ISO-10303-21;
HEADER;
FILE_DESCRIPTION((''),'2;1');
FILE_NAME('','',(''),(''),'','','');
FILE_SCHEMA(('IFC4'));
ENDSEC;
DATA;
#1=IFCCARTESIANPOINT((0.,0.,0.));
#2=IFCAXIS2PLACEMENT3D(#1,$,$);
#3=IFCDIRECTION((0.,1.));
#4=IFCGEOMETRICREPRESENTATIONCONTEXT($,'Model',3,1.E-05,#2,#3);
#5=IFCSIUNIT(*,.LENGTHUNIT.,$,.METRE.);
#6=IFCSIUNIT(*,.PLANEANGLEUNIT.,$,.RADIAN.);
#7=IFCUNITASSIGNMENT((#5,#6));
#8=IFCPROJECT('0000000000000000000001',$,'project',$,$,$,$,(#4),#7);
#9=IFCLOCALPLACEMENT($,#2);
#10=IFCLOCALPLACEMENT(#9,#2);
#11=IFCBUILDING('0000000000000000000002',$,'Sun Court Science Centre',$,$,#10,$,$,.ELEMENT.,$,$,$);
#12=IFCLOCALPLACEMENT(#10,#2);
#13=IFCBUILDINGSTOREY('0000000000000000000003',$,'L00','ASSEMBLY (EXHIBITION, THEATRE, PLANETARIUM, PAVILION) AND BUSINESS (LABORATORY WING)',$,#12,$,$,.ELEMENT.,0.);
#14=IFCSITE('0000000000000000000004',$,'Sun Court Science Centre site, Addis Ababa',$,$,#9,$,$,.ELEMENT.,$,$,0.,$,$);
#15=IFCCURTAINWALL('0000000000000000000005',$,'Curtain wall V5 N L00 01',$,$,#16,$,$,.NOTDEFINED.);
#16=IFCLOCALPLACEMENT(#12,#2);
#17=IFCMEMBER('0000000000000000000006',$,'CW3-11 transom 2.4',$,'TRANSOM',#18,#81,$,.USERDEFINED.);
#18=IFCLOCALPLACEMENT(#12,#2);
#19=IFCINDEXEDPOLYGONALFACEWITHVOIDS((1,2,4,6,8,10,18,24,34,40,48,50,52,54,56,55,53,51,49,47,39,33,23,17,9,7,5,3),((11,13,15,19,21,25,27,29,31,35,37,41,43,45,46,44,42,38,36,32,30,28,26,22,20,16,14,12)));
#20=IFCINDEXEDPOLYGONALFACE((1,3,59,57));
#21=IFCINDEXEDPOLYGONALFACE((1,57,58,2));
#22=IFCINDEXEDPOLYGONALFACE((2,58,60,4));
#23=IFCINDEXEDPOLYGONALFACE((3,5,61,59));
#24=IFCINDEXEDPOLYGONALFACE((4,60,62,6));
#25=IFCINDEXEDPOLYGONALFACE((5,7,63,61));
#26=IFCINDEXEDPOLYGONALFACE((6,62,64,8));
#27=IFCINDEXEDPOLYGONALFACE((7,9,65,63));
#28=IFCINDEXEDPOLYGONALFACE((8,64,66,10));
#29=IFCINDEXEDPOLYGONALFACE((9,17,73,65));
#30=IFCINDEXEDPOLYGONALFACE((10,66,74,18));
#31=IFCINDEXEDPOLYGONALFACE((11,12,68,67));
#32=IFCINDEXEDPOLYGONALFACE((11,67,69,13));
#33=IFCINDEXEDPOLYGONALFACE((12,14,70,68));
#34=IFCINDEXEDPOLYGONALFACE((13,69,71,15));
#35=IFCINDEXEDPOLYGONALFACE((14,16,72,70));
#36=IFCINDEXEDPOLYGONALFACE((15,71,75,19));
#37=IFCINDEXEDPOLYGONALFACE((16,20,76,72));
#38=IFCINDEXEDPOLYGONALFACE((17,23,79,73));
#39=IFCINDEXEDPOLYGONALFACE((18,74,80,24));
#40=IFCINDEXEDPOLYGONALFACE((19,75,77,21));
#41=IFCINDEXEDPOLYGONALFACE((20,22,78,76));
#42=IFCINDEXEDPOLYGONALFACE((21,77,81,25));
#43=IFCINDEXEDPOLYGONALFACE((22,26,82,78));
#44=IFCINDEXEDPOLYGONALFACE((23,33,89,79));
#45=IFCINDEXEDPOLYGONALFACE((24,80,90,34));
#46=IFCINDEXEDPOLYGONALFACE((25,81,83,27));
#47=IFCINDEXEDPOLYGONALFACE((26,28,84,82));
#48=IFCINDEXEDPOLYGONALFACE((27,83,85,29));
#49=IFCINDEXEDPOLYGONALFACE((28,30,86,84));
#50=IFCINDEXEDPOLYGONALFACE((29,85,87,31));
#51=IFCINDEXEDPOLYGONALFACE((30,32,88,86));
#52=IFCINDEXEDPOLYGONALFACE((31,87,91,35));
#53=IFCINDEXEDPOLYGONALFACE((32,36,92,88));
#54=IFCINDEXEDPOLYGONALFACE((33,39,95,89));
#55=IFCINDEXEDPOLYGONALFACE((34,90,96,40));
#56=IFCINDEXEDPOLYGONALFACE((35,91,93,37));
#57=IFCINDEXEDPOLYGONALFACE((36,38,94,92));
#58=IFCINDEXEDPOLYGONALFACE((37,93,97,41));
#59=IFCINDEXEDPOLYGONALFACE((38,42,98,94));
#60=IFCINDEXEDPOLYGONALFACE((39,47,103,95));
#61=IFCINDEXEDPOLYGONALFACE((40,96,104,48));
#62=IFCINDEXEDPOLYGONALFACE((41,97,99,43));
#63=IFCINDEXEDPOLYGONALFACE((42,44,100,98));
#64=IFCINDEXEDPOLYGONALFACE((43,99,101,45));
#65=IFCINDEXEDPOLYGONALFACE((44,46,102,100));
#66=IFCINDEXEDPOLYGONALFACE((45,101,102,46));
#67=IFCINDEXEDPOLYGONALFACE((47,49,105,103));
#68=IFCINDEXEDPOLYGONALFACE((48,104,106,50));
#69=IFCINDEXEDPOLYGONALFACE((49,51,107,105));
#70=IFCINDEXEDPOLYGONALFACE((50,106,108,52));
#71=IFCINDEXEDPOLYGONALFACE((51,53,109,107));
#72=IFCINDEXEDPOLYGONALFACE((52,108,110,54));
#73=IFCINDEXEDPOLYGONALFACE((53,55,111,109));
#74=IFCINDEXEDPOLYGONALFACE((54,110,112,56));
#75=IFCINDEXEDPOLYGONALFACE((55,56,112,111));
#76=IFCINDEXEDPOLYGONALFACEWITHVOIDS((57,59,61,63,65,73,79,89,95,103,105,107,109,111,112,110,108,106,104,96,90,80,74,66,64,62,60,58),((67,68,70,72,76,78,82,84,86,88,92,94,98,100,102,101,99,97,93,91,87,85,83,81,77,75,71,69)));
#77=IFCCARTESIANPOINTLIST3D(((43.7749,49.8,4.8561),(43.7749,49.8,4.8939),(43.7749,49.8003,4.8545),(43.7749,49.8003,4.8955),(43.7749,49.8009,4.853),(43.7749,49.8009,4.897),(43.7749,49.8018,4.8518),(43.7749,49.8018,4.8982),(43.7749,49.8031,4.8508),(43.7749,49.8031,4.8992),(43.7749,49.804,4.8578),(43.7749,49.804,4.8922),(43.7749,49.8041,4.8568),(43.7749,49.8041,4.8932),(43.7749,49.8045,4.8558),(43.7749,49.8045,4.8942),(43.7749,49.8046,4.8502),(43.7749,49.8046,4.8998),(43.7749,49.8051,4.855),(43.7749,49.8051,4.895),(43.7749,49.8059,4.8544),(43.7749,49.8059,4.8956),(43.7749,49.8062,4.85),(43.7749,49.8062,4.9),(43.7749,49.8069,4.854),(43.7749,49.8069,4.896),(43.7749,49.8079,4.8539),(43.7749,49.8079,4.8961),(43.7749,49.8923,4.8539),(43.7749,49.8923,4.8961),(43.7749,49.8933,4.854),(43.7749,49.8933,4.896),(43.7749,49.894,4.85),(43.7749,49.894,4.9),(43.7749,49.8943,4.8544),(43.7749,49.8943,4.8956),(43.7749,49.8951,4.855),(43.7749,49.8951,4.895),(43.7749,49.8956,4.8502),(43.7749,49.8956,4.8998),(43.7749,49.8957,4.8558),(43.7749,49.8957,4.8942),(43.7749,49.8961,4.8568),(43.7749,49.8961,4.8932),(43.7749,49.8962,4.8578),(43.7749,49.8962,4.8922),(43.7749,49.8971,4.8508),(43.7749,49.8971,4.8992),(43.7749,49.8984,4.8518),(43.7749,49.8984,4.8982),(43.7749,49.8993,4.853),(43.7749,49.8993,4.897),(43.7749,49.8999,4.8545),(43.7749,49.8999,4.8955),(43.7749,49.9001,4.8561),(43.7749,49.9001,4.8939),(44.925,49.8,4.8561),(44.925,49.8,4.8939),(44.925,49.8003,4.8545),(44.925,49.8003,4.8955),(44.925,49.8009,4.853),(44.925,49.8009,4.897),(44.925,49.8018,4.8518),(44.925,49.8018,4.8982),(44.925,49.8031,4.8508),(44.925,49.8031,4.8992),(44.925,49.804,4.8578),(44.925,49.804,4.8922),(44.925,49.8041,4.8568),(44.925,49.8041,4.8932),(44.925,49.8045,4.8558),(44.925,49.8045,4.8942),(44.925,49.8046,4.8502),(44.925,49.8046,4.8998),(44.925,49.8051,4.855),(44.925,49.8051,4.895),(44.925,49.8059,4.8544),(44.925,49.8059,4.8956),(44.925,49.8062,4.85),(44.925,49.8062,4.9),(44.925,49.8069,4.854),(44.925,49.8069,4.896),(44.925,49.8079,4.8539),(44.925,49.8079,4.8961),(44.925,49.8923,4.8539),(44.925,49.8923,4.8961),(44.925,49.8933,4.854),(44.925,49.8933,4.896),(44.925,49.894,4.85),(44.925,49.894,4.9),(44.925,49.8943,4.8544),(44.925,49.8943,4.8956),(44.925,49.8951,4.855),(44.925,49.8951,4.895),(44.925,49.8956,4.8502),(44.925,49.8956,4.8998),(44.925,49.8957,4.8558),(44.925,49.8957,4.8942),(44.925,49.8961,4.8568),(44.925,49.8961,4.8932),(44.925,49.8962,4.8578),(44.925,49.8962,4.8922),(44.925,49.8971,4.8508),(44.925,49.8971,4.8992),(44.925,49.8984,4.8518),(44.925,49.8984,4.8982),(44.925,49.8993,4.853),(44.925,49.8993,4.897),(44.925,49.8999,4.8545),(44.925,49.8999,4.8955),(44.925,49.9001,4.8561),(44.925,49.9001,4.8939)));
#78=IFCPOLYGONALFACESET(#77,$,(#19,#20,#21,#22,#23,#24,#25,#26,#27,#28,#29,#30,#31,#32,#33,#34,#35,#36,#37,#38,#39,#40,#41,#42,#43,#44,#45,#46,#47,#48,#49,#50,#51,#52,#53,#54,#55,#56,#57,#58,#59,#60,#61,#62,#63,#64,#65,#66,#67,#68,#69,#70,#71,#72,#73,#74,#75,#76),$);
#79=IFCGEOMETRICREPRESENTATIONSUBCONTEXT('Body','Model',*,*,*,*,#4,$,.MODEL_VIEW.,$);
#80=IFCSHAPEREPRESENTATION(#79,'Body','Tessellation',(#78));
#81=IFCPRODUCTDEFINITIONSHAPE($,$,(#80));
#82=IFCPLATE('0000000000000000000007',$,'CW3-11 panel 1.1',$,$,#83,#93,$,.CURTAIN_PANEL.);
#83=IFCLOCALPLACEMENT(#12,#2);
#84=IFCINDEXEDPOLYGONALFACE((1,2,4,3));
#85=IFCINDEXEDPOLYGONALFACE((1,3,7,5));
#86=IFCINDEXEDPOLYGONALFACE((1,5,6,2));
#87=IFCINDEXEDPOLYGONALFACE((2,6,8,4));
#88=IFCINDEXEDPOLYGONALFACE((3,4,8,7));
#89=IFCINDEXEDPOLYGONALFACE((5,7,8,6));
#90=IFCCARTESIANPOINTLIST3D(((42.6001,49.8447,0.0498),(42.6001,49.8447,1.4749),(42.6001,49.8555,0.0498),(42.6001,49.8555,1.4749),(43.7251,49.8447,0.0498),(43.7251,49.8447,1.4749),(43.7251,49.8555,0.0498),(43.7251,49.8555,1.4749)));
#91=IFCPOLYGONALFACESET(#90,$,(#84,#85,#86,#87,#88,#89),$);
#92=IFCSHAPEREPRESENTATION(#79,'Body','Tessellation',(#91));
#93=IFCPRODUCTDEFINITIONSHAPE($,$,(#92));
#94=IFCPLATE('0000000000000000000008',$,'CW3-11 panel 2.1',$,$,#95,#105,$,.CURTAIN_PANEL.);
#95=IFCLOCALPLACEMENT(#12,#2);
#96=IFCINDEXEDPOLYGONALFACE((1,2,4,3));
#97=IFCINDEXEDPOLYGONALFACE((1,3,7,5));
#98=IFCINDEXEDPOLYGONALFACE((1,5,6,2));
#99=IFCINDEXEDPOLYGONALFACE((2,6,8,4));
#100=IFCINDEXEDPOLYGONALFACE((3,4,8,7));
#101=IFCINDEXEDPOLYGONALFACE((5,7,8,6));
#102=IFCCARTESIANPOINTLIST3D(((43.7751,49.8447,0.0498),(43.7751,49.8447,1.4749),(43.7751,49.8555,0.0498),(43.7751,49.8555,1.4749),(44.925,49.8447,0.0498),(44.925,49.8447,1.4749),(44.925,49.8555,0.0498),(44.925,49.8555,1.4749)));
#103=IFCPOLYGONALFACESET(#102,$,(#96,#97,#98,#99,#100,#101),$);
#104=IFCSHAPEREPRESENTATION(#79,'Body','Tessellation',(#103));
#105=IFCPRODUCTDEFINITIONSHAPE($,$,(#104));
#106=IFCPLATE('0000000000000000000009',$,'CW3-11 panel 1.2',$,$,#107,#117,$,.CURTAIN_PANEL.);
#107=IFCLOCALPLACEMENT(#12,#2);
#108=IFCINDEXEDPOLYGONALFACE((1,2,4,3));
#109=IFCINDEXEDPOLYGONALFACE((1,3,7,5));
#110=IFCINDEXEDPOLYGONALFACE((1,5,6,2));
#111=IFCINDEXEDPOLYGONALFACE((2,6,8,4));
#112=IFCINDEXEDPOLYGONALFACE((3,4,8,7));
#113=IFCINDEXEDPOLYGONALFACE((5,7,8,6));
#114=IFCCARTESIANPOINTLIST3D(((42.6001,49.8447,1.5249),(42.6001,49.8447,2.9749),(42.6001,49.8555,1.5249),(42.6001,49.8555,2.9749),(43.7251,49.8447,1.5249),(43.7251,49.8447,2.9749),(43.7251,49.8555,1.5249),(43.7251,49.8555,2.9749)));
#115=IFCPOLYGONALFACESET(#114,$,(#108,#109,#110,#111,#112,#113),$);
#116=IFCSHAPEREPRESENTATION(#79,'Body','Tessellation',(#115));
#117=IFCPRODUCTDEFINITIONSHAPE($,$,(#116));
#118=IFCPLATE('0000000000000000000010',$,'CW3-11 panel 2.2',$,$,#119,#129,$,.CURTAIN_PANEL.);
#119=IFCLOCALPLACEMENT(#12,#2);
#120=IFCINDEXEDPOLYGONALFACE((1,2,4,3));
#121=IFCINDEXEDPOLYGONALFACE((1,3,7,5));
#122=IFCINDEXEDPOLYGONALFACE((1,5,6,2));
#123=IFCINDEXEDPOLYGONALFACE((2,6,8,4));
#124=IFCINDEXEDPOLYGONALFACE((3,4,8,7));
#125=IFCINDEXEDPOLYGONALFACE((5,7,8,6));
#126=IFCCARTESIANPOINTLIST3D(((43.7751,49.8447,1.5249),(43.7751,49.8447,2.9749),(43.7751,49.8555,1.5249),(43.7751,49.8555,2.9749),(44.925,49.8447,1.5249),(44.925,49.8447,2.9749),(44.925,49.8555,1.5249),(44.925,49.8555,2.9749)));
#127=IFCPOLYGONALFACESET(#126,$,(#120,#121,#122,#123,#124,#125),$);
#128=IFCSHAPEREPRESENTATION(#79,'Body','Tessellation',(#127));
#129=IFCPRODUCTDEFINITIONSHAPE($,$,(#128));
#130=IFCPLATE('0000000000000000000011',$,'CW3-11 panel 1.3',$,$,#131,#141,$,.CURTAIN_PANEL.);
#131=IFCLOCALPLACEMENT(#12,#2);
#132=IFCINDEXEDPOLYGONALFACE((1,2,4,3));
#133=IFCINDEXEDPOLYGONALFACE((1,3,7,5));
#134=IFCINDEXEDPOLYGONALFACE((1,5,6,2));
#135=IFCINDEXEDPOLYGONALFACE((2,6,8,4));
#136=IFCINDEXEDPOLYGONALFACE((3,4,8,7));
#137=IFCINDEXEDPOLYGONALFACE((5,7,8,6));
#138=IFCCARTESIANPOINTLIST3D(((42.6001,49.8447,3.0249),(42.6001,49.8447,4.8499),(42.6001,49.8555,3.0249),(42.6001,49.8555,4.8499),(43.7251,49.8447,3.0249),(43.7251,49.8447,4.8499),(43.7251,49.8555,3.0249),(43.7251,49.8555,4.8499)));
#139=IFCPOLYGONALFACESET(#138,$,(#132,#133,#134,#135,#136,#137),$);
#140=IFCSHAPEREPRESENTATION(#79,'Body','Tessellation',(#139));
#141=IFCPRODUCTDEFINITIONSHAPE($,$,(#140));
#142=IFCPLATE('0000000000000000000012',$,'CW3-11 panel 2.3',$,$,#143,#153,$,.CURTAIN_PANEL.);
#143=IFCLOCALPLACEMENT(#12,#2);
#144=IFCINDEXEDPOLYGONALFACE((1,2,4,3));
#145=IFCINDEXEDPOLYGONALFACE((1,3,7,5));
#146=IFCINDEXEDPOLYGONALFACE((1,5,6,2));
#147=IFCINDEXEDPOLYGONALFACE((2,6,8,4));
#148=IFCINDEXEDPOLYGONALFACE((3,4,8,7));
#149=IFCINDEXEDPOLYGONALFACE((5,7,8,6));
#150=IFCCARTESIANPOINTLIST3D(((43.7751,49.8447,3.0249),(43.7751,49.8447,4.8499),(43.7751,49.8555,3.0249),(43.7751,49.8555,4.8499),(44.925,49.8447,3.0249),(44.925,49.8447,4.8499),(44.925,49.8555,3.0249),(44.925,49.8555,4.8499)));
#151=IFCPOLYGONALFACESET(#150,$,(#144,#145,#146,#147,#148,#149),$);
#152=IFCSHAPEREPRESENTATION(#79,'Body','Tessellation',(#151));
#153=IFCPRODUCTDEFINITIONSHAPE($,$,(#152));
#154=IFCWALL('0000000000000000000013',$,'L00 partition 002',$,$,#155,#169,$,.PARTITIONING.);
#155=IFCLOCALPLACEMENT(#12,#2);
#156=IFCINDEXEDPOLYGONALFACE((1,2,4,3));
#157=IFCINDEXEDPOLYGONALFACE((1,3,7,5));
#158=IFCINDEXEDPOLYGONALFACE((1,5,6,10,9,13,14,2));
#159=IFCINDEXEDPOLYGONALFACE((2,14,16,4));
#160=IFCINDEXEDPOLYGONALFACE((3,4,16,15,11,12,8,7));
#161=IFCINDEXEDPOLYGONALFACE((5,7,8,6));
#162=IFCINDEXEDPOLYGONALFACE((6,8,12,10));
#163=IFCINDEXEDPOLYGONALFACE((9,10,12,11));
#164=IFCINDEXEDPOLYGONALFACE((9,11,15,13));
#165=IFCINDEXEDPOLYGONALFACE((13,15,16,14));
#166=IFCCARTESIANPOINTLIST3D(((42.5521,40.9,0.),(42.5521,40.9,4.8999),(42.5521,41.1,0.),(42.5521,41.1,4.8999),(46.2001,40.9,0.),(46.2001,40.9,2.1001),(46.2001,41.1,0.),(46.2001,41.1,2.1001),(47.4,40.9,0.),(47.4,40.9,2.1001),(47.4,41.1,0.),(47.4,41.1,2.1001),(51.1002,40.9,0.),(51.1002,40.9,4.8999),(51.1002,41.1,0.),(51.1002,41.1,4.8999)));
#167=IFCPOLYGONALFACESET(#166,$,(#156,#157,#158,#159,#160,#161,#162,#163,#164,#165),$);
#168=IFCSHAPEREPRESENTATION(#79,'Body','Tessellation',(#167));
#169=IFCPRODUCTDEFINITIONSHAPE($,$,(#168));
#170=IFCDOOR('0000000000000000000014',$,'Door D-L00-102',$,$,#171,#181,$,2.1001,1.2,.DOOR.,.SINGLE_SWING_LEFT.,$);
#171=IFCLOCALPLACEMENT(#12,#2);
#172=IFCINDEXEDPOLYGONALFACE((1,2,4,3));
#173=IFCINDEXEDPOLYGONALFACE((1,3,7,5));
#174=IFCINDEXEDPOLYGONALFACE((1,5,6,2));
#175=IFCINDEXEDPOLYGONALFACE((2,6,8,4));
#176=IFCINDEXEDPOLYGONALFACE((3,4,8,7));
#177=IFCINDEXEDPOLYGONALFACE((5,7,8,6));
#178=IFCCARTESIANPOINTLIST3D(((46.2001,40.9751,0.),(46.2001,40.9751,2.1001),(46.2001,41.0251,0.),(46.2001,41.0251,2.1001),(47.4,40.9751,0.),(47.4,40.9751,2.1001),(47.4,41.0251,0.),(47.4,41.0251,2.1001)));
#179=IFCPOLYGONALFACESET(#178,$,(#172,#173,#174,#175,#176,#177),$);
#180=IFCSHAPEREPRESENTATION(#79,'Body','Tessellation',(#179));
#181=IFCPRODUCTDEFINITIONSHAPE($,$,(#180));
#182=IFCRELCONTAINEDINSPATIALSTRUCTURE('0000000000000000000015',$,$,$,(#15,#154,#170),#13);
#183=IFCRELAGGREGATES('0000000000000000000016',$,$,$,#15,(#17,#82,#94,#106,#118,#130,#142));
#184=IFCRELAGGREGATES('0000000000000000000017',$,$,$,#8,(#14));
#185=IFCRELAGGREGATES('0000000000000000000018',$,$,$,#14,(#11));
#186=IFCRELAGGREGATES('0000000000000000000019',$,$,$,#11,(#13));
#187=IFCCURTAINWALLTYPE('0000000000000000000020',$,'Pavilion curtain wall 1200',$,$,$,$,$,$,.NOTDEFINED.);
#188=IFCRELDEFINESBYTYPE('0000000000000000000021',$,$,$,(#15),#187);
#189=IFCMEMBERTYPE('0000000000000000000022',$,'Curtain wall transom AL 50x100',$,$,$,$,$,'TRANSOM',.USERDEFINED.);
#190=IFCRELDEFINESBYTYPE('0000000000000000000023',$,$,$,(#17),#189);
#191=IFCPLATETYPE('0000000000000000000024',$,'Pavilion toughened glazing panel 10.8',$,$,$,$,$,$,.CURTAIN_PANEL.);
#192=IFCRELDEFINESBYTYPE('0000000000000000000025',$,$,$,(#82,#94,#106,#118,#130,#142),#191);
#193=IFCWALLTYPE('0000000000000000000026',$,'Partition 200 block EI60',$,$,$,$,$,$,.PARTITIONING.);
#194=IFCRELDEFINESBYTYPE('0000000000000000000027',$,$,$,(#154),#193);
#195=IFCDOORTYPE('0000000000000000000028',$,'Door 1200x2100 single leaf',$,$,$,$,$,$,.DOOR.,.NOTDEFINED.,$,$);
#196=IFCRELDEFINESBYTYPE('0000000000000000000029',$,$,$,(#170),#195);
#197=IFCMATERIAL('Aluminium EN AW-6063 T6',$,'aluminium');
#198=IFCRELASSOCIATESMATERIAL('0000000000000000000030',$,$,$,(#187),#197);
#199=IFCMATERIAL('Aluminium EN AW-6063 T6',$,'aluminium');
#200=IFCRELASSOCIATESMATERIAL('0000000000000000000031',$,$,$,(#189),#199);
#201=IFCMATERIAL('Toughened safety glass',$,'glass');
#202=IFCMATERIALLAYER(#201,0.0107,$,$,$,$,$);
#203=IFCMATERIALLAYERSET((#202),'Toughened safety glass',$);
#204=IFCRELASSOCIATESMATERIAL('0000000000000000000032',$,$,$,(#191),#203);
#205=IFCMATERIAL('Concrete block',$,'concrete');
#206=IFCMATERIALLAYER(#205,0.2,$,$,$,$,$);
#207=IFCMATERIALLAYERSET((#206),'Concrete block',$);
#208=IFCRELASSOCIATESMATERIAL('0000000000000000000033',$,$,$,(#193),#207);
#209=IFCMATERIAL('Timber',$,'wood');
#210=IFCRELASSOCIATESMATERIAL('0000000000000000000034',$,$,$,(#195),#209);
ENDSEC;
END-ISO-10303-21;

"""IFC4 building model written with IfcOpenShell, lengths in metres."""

from ifc_helpers import new_model, si_unit, direction, frame, frame_2d, origin, origin_2d, place, context, subcontext, project, spatial, rectangle, hollow_rectangle, extrude, material, layer, layer_set, material_profile, profile_set, type_object, element, fill, aggregate, save


model = new_model("IFC4")

# Units and contexts
model_context = context("Model", 3, precision=1e-05, world=origin(), true_north=direction((0.0, 1.0)))
body_context = subcontext(model_context, "Body", "Model", "MODEL_VIEW")
ifc_project = project(units=[si_unit("LENGTHUNIT", "METRE"), si_unit("PLANEANGLEUNIT", "RADIAN")], contexts=[model_context])

# Site, building, storey
site_placement = place(None, origin())
site = spatial("IfcSite", under=ifc_project, at=site_placement, Name="Sun Court Science Centre site, Addis Ababa", CompositionType="ELEMENT", RefElevation=0.0)
building_placement = place(site_placement, origin())
building = spatial("IfcBuilding", under=site, at=building_placement, Name="Sun Court Science Centre", CompositionType="ELEMENT")
storey_placement = place(building_placement, origin())
storey = spatial("IfcBuildingStorey", under=building, at=storey_placement, Name="L00", Description="ASSEMBLY (EXHIBITION, THEATRE, PLANETARIUM, PAVILION) AND BUSINESS (LABORATORY WING)", CompositionType="ELEMENT", Elevation=0.0)

# Curtain wall, member, plates
ifc_material_1 = material(Name="Aluminium EN AW-6063 T6", Category="aluminium")
curtain_wall_type = type_object("IfcCurtainWallType", Name="Pavilion curtain wall 1200", PredefinedType="NOTDEFINED", material=ifc_material_1)
curtain_wall_placement = place(storey_placement, origin())
curtain_wall = element("IfcCurtainWall", 1, at=curtain_wall_placement, inside=storey, type_object=curtain_wall_type, Name="Curtain wall V5 N L00 01", PredefinedType="NOTDEFINED")
ifc_material_2 = material(Name="Aluminium EN AW-6063 T6", Category="aluminium")
ifc_material_profile_1 = material_profile(ifc_material_2, hollow_rectangle(XDim=0.05, YDim=0.1001, WallThickness=0.0039, InnerFilletRadius=0.0039, OuterFilletRadius=0.0061, at=origin_2d()), Name="AL 50x100x4")
ifc_profile_set_1 = profile_set([ifc_material_profile_1], Name="Aluminium EN AW-6063 T6")
member_type_1 = type_object("IfcMemberType", Name="Curtain wall transom AL 50x100", ElementType="TRANSOM", PredefinedType="USERDEFINED", material=ifc_profile_set_1)
member_1_placement = place(storey_placement, frame((43.7749, 49.8501, 4.875), z_axis=(1.0, 0.0, 0.0), x_axis=(0.0, 0.0, 1.0)))
member_1 = element("IfcMember", 2, at=member_1_placement, type_object=member_type_1, Name="CW3-11 transom 2.4", ObjectType="TRANSOM", PredefinedType="USERDEFINED", context=body_context, shape_type="SweptSolid", body=[
    extrude(hollow_rectangle(XDim=0.05, YDim=0.1001, WallThickness=0.0039, InnerFilletRadius=0.0039, OuterFilletRadius=0.0061, at=origin_2d()), origin(), (0.0, 0.0, 1.0), 1.1501),
])
ifc_material_3 = material(Name="Toughened safety glass", Category="glass")
ifc_layer_1 = layer(ifc_material_3, 0.0107)
ifc_layer_set_1 = layer_set([ifc_layer_1], Name="Toughened safety glass")
plate_type = type_object("IfcPlateType", Name="Pavilion toughened glazing panel 10.8", PredefinedType="CURTAIN_PANEL", material=ifc_layer_set_1)
plate_1_placement = place(storey_placement, frame((43.1626, 49.8501, 0.0498), z_axis=(0.0, 0.0, 1.0), x_axis=(1.0, 0.0, 0.0)))
plate_1 = element("IfcPlate", 3, at=plate_1_placement, type_object=plate_type, Name="CW3-11 panel 1.1", PredefinedType="CURTAIN_PANEL", context=body_context, shape_type="SweptSolid", body=[
    extrude(rectangle(XDim=1.125, YDim=0.0107, at=origin_2d()), origin(), (0.0, 0.0, 1.0), 1.425),
])
plate_2_placement = place(storey_placement, frame((44.3501, 49.8501, 0.0498), z_axis=(0.0, 0.0, 1.0), x_axis=(1.0, 0.0, 0.0)))
plate_2 = element("IfcPlate", 4, at=plate_2_placement, type_object=plate_type, Name="CW3-11 panel 2.1", PredefinedType="CURTAIN_PANEL", context=body_context, shape_type="SweptSolid", body=[
    extrude(rectangle(XDim=1.1499, YDim=0.0107, at=origin_2d()), origin(), (0.0, 0.0, 1.0), 1.425),
])
plate_3_placement = place(storey_placement, frame((43.1626, 49.8501, 1.5249), z_axis=(0.0, 0.0, 1.0), x_axis=(1.0, 0.0, 0.0)))
plate_3 = element("IfcPlate", 5, at=plate_3_placement, type_object=plate_type, Name="CW3-11 panel 1.2", PredefinedType="CURTAIN_PANEL", context=body_context, shape_type="SweptSolid", body=[
    extrude(rectangle(XDim=1.125, YDim=0.0107, at=origin_2d()), origin(), (0.0, 0.0, 1.0), 1.45),
])
plate_4_placement = place(storey_placement, frame((44.3501, 49.8501, 1.5249), z_axis=(0.0, 0.0, 1.0), x_axis=(1.0, 0.0, 0.0)))
plate_4 = element("IfcPlate", 6, at=plate_4_placement, type_object=plate_type, Name="CW3-11 panel 2.2", PredefinedType="CURTAIN_PANEL", context=body_context, shape_type="SweptSolid", body=[
    extrude(rectangle(XDim=1.1499, YDim=0.0107, at=origin_2d()), origin(), (0.0, 0.0, 1.0), 1.45),
])
plate_5_placement = place(storey_placement, frame((43.1626, 49.8501, 3.0249), z_axis=(0.0, 0.0, 1.0), x_axis=(1.0, 0.0, 0.0)))
plate_5 = element("IfcPlate", 7, at=plate_5_placement, type_object=plate_type, Name="CW3-11 panel 1.3", PredefinedType="CURTAIN_PANEL", context=body_context, shape_type="SweptSolid", body=[
    extrude(rectangle(XDim=1.125, YDim=0.0107, at=origin_2d()), origin(), (0.0, 0.0, 1.0), 1.825),
])
plate_6_placement = place(storey_placement, frame((44.3501, 49.8501, 3.0249), z_axis=(0.0, 0.0, 1.0), x_axis=(1.0, 0.0, 0.0)))
plate_6 = element("IfcPlate", 8, at=plate_6_placement, type_object=plate_type, Name="CW3-11 panel 2.3", PredefinedType="CURTAIN_PANEL", context=body_context, shape_type="SweptSolid", body=[
    extrude(rectangle(XDim=1.1499, YDim=0.0107, at=origin_2d()), origin(), (0.0, 0.0, 1.0), 1.825),
])
aggregate(curtain_wall, [member_1, plate_1, plate_2, plate_3, plate_4, plate_5, plate_6])

# Wall, opening, door
ifc_material_4 = material(Name="Concrete block", Category="concrete")
ifc_layer_2 = layer(ifc_material_4, 0.2)
ifc_layer_set_2 = layer_set([ifc_layer_2], Name="Concrete block")
wall_type = type_object("IfcWallType", Name="Partition 200 block EI60", PredefinedType="PARTITIONING", material=ifc_layer_set_2)
wall_1_placement = place(storey_placement, frame((51.1001, 41.0, 0.0), z_axis=(0.0, 0.0, 1.0), x_axis=(-1.0, 0.0, 0.0)))
wall_1 = element("IfcWall", 9, at=wall_1_placement, inside=storey, type_object=wall_type, Name="L00 partition 002", PredefinedType="PARTITIONING", context=body_context, shape_type="SweptSolid", body=[
    extrude(rectangle(XDim=8.5481, YDim=0.2, at=frame_2d((4.2739, 0.0))), origin(), (0.0, 0.0, 1.0), 4.8999),
])
opening_1_placement = place(wall_1_placement, frame((3.7, 0.0, 0.0)))
opening_1 = element("IfcOpeningElement", 10, at=opening_1_placement, cuts=wall_1, PredefinedType="OPENING", context=body_context, shape_type="SweptSolid", body=[
    extrude(rectangle(XDim=1.2, YDim=2.1001, at=frame_2d((0.6001, 1.05))), frame((0.0, 0.1099, 0.0), z_axis=(0.0, -1.0, 0.0), x_axis=(1.0, 0.0, 0.0)), (0.0, 0.0, 1.0), 0.22),
])
ifc_material_5 = material(Name="Timber", Category="wood")
door_type_1 = type_object("IfcDoorType", Name="Door 1200x2100 single leaf", OperationType="NOTDEFINED", PredefinedType="DOOR", material=ifc_material_5)
door_1_placement = place(opening_1_placement, origin())
door_1 = element("IfcDoor", 11, at=door_1_placement, inside=storey, type_object=door_type_1, Name="Door D-L00-102", OperationType="SINGLE_SWING_LEFT", OverallHeight=2.1001, OverallWidth=1.2, PredefinedType="DOOR", context=body_context, shape_type="SweptSolid", body=[
    extrude(rectangle(XDim=1.2, YDim=2.1001, at=frame_2d((0.6001, 1.05))), frame((0.0, 0.0249, 0.0), z_axis=(0.0, -1.0, 0.0), x_axis=(1.0, 0.0, 0.0)), (0.0, 0.0, 1.0), 0.05),
])
fill(opening_1, door_1)

save(model, "model.ifc")
